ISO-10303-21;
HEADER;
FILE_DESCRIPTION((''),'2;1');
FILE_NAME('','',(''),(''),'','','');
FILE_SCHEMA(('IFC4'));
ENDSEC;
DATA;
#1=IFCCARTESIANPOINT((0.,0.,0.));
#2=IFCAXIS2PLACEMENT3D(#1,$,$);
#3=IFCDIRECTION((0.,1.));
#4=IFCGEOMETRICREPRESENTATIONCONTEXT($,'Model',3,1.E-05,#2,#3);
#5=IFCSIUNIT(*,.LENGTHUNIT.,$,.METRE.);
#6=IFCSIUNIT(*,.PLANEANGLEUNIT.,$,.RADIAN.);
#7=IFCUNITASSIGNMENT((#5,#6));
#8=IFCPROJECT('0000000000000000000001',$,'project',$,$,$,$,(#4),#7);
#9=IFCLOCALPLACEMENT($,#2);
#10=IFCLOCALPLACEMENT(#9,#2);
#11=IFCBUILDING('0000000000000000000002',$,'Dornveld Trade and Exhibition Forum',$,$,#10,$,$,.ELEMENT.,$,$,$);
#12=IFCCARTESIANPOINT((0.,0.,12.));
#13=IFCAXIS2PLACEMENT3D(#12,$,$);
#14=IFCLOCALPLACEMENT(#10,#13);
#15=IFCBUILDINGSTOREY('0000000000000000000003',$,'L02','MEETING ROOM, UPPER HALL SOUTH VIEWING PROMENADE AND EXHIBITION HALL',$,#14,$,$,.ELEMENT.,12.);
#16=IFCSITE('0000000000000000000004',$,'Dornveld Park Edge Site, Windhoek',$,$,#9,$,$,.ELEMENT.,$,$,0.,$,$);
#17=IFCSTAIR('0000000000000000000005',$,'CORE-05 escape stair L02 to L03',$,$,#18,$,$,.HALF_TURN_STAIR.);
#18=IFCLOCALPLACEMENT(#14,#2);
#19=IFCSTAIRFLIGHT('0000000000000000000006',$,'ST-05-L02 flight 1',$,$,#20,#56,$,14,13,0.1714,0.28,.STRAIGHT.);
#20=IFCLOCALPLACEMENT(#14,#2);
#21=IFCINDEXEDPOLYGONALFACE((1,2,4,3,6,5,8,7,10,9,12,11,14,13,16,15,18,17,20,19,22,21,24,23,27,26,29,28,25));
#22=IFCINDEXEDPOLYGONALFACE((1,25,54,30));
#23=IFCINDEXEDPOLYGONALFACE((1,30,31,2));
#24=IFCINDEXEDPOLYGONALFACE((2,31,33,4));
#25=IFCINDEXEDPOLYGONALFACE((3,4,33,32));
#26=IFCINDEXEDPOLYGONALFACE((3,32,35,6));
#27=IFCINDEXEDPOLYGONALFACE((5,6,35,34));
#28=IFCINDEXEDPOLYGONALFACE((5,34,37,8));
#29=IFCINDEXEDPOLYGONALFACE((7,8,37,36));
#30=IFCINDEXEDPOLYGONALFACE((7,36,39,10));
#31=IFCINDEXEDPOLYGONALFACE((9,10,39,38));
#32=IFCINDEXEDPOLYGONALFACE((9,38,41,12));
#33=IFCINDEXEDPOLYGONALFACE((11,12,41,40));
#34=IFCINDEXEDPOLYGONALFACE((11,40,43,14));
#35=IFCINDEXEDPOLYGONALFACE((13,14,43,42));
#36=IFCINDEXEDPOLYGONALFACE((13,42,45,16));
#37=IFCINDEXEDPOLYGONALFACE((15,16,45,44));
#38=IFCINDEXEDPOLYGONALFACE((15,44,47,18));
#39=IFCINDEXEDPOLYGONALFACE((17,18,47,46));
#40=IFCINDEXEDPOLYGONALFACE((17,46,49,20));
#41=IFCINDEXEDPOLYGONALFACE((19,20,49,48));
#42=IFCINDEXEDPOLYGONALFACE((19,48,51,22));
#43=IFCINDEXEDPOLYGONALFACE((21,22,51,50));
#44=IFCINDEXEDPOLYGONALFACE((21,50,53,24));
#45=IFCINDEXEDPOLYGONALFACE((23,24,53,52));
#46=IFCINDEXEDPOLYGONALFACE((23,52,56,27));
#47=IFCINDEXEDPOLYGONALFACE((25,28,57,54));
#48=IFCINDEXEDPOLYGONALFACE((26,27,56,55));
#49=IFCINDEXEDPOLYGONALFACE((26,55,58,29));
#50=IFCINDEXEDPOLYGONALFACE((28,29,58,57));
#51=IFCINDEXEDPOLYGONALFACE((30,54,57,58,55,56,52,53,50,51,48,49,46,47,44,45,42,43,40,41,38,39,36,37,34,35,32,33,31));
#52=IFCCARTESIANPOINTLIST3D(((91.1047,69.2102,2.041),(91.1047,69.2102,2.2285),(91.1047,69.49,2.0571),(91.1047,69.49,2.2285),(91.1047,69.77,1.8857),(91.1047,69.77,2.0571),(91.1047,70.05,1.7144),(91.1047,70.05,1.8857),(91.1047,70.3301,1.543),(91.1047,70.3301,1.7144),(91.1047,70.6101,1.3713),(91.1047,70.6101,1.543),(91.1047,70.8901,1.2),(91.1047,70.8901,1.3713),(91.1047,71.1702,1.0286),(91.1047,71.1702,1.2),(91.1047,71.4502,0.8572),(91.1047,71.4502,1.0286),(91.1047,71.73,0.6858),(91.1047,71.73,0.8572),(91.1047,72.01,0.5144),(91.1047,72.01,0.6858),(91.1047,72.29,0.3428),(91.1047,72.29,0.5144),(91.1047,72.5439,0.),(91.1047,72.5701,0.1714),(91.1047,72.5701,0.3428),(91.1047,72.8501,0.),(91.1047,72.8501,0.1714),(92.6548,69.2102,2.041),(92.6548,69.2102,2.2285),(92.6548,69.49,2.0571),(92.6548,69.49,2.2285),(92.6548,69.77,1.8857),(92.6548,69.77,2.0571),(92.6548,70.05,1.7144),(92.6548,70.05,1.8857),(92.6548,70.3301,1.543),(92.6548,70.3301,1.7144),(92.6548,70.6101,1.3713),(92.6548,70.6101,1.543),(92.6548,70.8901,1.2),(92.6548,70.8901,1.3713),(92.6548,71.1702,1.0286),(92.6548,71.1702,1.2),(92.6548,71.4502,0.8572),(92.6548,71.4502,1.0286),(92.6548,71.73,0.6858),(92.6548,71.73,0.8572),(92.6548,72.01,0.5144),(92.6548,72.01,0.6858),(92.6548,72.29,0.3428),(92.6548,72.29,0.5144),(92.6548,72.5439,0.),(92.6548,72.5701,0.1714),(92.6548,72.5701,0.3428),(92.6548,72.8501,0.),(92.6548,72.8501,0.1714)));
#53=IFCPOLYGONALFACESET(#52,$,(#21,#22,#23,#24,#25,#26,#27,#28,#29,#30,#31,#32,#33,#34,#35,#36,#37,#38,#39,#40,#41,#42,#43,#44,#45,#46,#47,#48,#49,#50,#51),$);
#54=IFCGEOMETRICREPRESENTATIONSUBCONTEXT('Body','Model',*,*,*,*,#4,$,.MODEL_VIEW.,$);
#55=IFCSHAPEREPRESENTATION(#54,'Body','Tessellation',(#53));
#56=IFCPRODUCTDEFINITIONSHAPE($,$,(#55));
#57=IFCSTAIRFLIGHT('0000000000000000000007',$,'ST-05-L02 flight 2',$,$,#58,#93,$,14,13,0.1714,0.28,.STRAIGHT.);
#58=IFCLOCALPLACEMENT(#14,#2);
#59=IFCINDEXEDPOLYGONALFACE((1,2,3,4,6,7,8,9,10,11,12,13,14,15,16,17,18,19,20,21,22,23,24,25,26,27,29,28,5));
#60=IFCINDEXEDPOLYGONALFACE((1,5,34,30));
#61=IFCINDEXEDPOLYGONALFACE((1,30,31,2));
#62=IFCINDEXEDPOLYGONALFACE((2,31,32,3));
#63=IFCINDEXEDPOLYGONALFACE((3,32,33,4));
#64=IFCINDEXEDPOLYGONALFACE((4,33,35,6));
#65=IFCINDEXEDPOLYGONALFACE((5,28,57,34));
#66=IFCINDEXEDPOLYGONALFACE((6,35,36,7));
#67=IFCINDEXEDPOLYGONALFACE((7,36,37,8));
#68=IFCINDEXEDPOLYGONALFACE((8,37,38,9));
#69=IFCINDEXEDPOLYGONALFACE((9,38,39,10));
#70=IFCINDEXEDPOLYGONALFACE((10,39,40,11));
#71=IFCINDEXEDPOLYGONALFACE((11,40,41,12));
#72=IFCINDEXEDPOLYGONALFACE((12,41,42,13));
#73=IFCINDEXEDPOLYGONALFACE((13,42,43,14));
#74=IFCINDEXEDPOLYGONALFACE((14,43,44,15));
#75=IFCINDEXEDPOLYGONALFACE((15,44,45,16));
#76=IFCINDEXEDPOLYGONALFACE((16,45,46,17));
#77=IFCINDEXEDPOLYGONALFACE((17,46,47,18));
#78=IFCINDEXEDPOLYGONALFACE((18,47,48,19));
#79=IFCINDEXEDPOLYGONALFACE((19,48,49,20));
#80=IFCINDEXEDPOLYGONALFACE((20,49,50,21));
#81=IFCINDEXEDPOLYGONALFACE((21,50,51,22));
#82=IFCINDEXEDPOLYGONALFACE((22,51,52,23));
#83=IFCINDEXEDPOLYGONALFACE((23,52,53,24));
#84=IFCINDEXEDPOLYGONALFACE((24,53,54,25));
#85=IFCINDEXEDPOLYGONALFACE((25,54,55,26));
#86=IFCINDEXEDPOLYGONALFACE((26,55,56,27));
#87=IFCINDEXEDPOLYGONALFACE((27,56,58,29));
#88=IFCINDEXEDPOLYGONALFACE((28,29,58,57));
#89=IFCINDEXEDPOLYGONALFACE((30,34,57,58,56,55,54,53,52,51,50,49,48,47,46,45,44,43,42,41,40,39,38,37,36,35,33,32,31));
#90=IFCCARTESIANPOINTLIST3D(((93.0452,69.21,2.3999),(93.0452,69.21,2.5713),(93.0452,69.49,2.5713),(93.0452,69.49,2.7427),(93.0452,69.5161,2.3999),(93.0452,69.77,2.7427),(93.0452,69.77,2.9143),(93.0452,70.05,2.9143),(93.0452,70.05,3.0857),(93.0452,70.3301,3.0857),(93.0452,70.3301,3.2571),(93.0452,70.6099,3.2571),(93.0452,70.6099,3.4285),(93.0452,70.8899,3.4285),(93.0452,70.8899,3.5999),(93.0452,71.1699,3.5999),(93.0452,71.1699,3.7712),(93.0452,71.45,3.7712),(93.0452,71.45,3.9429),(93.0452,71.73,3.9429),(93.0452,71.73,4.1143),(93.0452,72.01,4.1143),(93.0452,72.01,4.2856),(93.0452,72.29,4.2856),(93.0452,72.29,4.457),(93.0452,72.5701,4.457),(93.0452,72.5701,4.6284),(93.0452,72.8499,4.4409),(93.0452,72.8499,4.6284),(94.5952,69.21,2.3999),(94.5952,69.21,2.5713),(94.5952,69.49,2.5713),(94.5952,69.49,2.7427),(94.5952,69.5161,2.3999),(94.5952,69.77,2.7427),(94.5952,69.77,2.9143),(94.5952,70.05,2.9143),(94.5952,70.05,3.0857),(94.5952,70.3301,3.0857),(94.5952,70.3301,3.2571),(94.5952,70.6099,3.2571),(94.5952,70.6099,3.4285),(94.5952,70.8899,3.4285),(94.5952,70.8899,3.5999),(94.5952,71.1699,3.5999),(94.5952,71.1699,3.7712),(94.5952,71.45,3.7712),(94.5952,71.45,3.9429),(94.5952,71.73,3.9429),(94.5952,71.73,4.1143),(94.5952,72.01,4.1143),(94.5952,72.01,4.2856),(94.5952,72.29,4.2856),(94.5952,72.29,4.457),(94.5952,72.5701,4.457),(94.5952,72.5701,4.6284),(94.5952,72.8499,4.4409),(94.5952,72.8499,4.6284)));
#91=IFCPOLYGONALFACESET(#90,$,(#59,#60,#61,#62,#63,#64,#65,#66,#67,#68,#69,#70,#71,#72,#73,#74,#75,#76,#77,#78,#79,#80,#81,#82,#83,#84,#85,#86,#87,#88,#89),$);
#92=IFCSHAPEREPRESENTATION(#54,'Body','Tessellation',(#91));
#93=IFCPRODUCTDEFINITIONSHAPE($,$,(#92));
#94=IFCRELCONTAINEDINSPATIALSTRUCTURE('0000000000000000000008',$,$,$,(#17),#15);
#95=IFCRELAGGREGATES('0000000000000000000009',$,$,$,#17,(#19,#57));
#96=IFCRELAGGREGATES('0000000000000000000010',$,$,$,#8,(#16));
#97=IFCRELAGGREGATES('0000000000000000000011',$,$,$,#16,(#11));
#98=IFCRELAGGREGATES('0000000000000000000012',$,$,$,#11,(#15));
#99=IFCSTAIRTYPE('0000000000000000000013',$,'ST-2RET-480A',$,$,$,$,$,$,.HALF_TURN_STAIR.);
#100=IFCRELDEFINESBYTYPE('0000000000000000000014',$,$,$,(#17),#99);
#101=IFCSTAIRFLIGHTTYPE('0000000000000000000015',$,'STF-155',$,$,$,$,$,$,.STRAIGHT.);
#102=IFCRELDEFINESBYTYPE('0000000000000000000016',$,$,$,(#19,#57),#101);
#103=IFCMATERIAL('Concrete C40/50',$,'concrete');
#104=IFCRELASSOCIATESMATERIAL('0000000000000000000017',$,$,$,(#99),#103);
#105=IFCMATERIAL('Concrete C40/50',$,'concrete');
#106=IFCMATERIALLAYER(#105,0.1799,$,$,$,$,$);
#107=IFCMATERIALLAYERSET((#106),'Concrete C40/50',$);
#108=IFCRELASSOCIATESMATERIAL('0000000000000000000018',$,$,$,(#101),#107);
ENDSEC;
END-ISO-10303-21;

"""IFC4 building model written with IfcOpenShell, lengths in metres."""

from ifc_helpers import new_model, si_unit, direction, frame, origin, place, context, subcontext, project, spatial, polyline, outline, extrude, material, layer, layer_set, type_object, element, aggregate, save


model = new_model("IFC4")

# Units and contexts
model_context = context("Model", 3, precision=1e-05, world=origin(), true_north=direction((0.0, 1.0)))
body_context = subcontext(model_context, "Body", "Model", "MODEL_VIEW")
ifc_project = project(units=[si_unit("LENGTHUNIT", "METRE"), si_unit("PLANEANGLEUNIT", "RADIAN")], contexts=[model_context])

# Site, building, storey
site_placement = place(None, origin())
site = spatial("IfcSite", under=ifc_project, at=site_placement, Name="Dornveld Park Edge Site, Windhoek", CompositionType="ELEMENT", RefElevation=0.0)
building_placement = place(site_placement, origin())
building = spatial("IfcBuilding", under=site, at=building_placement, Name="Dornveld Trade and Exhibition Forum", CompositionType="ELEMENT")
storey_placement = place(building_placement, frame((0.0, 0.0, 12.0)))
storey = spatial("IfcBuildingStorey", under=building, at=storey_placement, Name="L02", Description="MEETING ROOM, UPPER HALL SOUTH VIEWING PROMENADE AND EXHIBITION HALL", CompositionType="ELEMENT", Elevation=12.0)

# Stair, stair flights
ifc_material_1 = material(Name="Concrete C40/50", Category="concrete")
stair_type = type_object("IfcStairType", Name="ST-2RET-480A", PredefinedType="HALF_TURN_STAIR", material=ifc_material_1)
stair_placement = place(storey_placement, origin())
stair = element("IfcStair", 1, at=stair_placement, inside=storey, type_object=stair_type, Name="CORE-05 escape stair L02 to L03", PredefinedType="HALF_TURN_STAIR")
ifc_material_2 = material(Name="Concrete C40/50", Category="concrete")
ifc_layer_1 = layer(ifc_material_2, 0.1799)
ifc_layer_set_1 = layer_set([ifc_layer_1], Name="Concrete C40/50")
stair_flight_type = type_object("IfcStairFlightType", Name="STF-155", PredefinedType="STRAIGHT", material=ifc_layer_set_1)
stair_flight_1_placement = place(storey_placement, frame((91.8799, 72.8501, 0.0), z_axis=(0.0, 0.0, 1.0), x_axis=(0.0, -1.0, 0.0)))
stair_flight_1 = element("IfcStairFlight", 2, at=stair_flight_1_placement, type_object=stair_flight_type, Name="ST-05-L02 flight 1", NumberOfRisers=14, NumberOfTreads=13, PredefinedType="STRAIGHT", RiserHeight=0.1714, TreadLength=0.28, context=body_context, shape_type="SweptSolid", body=[
    extrude(outline(polyline([(0.0, 0.0), (0.0, 0.1714), (0.28, 0.1714), (0.28, 0.3428), (0.5601, 0.3428), (0.5601, 0.5144), (0.8401, 0.5144), (0.8401, 0.6858), (1.1201, 0.6858), (1.1201, 0.8572), (1.3999, 0.8572), (1.3999, 1.0286), (1.6799, 1.0286), (1.6799, 1.2), (1.96, 1.2), (1.96, 1.3713), (2.24, 1.3713), (2.24, 1.543), (2.52, 1.543), (2.52, 1.7144), (2.8, 1.7144), (2.8, 1.8857), (3.0801, 1.8857), (3.0801, 2.0571), (3.3601, 2.0571), (3.3601, 2.2285), (3.6399, 2.2285), (3.6399, 2.3999), (3.6399, 2.041), (0.3062, 0.0), (0.0, 0.0)])), frame((0.0, 0.7749, 0.0), z_axis=(0.0, -1.0, 0.0), x_axis=(1.0, 0.0, 0.0)), (0.0, 0.0, 1.0), 1.55),
])
stair_flight_2_placement = place(storey_placement, frame((93.8201, 69.21, 2.3999), z_axis=(0.0, 0.0, 1.0), x_axis=(0.0, 1.0, 0.0)))
stair_flight_2 = element("IfcStairFlight", 3, at=stair_flight_2_placement, type_object=stair_flight_type, Name="ST-05-L02 flight 2", NumberOfRisers=14, NumberOfTreads=13, PredefinedType="STRAIGHT", RiserHeight=0.1714, TreadLength=0.28, context=body_context, shape_type="SweptSolid", body=[
    extrude(outline(polyline([(0.0, 0.0), (0.0, 0.1714), (0.28, 0.1714), (0.28, 0.3428), (0.5601, 0.3428), (0.5601, 0.5144), (0.8401, 0.5144), (0.8401, 0.6858), (1.1201, 0.6858), (1.1201, 0.8572), (1.3999, 0.8572), (1.3999, 1.0286), (1.6799, 1.0286), (1.6799, 1.2), (1.96, 1.2), (1.96, 1.3713), (2.24, 1.3713), (2.24, 1.543), (2.52, 1.543), (2.52, 1.7144), (2.8, 1.7144), (2.8, 1.8857), (3.0801, 1.8857), (3.0801, 2.0571), (3.3601, 2.0571), (3.3601, 2.2285), (3.6399, 2.2285), (3.6399, 2.3999), (3.6399, 2.041), (0.3062, 0.0), (0.0, 0.0)])), frame((0.0, 0.7749, 0.0), z_axis=(0.0, -1.0, 0.0), x_axis=(1.0, 0.0, 0.0)), (0.0, 0.0, 1.0), 1.55),
])
aggregate(stair, [stair_flight_1, stair_flight_2])

save(model, "model.ifc")
